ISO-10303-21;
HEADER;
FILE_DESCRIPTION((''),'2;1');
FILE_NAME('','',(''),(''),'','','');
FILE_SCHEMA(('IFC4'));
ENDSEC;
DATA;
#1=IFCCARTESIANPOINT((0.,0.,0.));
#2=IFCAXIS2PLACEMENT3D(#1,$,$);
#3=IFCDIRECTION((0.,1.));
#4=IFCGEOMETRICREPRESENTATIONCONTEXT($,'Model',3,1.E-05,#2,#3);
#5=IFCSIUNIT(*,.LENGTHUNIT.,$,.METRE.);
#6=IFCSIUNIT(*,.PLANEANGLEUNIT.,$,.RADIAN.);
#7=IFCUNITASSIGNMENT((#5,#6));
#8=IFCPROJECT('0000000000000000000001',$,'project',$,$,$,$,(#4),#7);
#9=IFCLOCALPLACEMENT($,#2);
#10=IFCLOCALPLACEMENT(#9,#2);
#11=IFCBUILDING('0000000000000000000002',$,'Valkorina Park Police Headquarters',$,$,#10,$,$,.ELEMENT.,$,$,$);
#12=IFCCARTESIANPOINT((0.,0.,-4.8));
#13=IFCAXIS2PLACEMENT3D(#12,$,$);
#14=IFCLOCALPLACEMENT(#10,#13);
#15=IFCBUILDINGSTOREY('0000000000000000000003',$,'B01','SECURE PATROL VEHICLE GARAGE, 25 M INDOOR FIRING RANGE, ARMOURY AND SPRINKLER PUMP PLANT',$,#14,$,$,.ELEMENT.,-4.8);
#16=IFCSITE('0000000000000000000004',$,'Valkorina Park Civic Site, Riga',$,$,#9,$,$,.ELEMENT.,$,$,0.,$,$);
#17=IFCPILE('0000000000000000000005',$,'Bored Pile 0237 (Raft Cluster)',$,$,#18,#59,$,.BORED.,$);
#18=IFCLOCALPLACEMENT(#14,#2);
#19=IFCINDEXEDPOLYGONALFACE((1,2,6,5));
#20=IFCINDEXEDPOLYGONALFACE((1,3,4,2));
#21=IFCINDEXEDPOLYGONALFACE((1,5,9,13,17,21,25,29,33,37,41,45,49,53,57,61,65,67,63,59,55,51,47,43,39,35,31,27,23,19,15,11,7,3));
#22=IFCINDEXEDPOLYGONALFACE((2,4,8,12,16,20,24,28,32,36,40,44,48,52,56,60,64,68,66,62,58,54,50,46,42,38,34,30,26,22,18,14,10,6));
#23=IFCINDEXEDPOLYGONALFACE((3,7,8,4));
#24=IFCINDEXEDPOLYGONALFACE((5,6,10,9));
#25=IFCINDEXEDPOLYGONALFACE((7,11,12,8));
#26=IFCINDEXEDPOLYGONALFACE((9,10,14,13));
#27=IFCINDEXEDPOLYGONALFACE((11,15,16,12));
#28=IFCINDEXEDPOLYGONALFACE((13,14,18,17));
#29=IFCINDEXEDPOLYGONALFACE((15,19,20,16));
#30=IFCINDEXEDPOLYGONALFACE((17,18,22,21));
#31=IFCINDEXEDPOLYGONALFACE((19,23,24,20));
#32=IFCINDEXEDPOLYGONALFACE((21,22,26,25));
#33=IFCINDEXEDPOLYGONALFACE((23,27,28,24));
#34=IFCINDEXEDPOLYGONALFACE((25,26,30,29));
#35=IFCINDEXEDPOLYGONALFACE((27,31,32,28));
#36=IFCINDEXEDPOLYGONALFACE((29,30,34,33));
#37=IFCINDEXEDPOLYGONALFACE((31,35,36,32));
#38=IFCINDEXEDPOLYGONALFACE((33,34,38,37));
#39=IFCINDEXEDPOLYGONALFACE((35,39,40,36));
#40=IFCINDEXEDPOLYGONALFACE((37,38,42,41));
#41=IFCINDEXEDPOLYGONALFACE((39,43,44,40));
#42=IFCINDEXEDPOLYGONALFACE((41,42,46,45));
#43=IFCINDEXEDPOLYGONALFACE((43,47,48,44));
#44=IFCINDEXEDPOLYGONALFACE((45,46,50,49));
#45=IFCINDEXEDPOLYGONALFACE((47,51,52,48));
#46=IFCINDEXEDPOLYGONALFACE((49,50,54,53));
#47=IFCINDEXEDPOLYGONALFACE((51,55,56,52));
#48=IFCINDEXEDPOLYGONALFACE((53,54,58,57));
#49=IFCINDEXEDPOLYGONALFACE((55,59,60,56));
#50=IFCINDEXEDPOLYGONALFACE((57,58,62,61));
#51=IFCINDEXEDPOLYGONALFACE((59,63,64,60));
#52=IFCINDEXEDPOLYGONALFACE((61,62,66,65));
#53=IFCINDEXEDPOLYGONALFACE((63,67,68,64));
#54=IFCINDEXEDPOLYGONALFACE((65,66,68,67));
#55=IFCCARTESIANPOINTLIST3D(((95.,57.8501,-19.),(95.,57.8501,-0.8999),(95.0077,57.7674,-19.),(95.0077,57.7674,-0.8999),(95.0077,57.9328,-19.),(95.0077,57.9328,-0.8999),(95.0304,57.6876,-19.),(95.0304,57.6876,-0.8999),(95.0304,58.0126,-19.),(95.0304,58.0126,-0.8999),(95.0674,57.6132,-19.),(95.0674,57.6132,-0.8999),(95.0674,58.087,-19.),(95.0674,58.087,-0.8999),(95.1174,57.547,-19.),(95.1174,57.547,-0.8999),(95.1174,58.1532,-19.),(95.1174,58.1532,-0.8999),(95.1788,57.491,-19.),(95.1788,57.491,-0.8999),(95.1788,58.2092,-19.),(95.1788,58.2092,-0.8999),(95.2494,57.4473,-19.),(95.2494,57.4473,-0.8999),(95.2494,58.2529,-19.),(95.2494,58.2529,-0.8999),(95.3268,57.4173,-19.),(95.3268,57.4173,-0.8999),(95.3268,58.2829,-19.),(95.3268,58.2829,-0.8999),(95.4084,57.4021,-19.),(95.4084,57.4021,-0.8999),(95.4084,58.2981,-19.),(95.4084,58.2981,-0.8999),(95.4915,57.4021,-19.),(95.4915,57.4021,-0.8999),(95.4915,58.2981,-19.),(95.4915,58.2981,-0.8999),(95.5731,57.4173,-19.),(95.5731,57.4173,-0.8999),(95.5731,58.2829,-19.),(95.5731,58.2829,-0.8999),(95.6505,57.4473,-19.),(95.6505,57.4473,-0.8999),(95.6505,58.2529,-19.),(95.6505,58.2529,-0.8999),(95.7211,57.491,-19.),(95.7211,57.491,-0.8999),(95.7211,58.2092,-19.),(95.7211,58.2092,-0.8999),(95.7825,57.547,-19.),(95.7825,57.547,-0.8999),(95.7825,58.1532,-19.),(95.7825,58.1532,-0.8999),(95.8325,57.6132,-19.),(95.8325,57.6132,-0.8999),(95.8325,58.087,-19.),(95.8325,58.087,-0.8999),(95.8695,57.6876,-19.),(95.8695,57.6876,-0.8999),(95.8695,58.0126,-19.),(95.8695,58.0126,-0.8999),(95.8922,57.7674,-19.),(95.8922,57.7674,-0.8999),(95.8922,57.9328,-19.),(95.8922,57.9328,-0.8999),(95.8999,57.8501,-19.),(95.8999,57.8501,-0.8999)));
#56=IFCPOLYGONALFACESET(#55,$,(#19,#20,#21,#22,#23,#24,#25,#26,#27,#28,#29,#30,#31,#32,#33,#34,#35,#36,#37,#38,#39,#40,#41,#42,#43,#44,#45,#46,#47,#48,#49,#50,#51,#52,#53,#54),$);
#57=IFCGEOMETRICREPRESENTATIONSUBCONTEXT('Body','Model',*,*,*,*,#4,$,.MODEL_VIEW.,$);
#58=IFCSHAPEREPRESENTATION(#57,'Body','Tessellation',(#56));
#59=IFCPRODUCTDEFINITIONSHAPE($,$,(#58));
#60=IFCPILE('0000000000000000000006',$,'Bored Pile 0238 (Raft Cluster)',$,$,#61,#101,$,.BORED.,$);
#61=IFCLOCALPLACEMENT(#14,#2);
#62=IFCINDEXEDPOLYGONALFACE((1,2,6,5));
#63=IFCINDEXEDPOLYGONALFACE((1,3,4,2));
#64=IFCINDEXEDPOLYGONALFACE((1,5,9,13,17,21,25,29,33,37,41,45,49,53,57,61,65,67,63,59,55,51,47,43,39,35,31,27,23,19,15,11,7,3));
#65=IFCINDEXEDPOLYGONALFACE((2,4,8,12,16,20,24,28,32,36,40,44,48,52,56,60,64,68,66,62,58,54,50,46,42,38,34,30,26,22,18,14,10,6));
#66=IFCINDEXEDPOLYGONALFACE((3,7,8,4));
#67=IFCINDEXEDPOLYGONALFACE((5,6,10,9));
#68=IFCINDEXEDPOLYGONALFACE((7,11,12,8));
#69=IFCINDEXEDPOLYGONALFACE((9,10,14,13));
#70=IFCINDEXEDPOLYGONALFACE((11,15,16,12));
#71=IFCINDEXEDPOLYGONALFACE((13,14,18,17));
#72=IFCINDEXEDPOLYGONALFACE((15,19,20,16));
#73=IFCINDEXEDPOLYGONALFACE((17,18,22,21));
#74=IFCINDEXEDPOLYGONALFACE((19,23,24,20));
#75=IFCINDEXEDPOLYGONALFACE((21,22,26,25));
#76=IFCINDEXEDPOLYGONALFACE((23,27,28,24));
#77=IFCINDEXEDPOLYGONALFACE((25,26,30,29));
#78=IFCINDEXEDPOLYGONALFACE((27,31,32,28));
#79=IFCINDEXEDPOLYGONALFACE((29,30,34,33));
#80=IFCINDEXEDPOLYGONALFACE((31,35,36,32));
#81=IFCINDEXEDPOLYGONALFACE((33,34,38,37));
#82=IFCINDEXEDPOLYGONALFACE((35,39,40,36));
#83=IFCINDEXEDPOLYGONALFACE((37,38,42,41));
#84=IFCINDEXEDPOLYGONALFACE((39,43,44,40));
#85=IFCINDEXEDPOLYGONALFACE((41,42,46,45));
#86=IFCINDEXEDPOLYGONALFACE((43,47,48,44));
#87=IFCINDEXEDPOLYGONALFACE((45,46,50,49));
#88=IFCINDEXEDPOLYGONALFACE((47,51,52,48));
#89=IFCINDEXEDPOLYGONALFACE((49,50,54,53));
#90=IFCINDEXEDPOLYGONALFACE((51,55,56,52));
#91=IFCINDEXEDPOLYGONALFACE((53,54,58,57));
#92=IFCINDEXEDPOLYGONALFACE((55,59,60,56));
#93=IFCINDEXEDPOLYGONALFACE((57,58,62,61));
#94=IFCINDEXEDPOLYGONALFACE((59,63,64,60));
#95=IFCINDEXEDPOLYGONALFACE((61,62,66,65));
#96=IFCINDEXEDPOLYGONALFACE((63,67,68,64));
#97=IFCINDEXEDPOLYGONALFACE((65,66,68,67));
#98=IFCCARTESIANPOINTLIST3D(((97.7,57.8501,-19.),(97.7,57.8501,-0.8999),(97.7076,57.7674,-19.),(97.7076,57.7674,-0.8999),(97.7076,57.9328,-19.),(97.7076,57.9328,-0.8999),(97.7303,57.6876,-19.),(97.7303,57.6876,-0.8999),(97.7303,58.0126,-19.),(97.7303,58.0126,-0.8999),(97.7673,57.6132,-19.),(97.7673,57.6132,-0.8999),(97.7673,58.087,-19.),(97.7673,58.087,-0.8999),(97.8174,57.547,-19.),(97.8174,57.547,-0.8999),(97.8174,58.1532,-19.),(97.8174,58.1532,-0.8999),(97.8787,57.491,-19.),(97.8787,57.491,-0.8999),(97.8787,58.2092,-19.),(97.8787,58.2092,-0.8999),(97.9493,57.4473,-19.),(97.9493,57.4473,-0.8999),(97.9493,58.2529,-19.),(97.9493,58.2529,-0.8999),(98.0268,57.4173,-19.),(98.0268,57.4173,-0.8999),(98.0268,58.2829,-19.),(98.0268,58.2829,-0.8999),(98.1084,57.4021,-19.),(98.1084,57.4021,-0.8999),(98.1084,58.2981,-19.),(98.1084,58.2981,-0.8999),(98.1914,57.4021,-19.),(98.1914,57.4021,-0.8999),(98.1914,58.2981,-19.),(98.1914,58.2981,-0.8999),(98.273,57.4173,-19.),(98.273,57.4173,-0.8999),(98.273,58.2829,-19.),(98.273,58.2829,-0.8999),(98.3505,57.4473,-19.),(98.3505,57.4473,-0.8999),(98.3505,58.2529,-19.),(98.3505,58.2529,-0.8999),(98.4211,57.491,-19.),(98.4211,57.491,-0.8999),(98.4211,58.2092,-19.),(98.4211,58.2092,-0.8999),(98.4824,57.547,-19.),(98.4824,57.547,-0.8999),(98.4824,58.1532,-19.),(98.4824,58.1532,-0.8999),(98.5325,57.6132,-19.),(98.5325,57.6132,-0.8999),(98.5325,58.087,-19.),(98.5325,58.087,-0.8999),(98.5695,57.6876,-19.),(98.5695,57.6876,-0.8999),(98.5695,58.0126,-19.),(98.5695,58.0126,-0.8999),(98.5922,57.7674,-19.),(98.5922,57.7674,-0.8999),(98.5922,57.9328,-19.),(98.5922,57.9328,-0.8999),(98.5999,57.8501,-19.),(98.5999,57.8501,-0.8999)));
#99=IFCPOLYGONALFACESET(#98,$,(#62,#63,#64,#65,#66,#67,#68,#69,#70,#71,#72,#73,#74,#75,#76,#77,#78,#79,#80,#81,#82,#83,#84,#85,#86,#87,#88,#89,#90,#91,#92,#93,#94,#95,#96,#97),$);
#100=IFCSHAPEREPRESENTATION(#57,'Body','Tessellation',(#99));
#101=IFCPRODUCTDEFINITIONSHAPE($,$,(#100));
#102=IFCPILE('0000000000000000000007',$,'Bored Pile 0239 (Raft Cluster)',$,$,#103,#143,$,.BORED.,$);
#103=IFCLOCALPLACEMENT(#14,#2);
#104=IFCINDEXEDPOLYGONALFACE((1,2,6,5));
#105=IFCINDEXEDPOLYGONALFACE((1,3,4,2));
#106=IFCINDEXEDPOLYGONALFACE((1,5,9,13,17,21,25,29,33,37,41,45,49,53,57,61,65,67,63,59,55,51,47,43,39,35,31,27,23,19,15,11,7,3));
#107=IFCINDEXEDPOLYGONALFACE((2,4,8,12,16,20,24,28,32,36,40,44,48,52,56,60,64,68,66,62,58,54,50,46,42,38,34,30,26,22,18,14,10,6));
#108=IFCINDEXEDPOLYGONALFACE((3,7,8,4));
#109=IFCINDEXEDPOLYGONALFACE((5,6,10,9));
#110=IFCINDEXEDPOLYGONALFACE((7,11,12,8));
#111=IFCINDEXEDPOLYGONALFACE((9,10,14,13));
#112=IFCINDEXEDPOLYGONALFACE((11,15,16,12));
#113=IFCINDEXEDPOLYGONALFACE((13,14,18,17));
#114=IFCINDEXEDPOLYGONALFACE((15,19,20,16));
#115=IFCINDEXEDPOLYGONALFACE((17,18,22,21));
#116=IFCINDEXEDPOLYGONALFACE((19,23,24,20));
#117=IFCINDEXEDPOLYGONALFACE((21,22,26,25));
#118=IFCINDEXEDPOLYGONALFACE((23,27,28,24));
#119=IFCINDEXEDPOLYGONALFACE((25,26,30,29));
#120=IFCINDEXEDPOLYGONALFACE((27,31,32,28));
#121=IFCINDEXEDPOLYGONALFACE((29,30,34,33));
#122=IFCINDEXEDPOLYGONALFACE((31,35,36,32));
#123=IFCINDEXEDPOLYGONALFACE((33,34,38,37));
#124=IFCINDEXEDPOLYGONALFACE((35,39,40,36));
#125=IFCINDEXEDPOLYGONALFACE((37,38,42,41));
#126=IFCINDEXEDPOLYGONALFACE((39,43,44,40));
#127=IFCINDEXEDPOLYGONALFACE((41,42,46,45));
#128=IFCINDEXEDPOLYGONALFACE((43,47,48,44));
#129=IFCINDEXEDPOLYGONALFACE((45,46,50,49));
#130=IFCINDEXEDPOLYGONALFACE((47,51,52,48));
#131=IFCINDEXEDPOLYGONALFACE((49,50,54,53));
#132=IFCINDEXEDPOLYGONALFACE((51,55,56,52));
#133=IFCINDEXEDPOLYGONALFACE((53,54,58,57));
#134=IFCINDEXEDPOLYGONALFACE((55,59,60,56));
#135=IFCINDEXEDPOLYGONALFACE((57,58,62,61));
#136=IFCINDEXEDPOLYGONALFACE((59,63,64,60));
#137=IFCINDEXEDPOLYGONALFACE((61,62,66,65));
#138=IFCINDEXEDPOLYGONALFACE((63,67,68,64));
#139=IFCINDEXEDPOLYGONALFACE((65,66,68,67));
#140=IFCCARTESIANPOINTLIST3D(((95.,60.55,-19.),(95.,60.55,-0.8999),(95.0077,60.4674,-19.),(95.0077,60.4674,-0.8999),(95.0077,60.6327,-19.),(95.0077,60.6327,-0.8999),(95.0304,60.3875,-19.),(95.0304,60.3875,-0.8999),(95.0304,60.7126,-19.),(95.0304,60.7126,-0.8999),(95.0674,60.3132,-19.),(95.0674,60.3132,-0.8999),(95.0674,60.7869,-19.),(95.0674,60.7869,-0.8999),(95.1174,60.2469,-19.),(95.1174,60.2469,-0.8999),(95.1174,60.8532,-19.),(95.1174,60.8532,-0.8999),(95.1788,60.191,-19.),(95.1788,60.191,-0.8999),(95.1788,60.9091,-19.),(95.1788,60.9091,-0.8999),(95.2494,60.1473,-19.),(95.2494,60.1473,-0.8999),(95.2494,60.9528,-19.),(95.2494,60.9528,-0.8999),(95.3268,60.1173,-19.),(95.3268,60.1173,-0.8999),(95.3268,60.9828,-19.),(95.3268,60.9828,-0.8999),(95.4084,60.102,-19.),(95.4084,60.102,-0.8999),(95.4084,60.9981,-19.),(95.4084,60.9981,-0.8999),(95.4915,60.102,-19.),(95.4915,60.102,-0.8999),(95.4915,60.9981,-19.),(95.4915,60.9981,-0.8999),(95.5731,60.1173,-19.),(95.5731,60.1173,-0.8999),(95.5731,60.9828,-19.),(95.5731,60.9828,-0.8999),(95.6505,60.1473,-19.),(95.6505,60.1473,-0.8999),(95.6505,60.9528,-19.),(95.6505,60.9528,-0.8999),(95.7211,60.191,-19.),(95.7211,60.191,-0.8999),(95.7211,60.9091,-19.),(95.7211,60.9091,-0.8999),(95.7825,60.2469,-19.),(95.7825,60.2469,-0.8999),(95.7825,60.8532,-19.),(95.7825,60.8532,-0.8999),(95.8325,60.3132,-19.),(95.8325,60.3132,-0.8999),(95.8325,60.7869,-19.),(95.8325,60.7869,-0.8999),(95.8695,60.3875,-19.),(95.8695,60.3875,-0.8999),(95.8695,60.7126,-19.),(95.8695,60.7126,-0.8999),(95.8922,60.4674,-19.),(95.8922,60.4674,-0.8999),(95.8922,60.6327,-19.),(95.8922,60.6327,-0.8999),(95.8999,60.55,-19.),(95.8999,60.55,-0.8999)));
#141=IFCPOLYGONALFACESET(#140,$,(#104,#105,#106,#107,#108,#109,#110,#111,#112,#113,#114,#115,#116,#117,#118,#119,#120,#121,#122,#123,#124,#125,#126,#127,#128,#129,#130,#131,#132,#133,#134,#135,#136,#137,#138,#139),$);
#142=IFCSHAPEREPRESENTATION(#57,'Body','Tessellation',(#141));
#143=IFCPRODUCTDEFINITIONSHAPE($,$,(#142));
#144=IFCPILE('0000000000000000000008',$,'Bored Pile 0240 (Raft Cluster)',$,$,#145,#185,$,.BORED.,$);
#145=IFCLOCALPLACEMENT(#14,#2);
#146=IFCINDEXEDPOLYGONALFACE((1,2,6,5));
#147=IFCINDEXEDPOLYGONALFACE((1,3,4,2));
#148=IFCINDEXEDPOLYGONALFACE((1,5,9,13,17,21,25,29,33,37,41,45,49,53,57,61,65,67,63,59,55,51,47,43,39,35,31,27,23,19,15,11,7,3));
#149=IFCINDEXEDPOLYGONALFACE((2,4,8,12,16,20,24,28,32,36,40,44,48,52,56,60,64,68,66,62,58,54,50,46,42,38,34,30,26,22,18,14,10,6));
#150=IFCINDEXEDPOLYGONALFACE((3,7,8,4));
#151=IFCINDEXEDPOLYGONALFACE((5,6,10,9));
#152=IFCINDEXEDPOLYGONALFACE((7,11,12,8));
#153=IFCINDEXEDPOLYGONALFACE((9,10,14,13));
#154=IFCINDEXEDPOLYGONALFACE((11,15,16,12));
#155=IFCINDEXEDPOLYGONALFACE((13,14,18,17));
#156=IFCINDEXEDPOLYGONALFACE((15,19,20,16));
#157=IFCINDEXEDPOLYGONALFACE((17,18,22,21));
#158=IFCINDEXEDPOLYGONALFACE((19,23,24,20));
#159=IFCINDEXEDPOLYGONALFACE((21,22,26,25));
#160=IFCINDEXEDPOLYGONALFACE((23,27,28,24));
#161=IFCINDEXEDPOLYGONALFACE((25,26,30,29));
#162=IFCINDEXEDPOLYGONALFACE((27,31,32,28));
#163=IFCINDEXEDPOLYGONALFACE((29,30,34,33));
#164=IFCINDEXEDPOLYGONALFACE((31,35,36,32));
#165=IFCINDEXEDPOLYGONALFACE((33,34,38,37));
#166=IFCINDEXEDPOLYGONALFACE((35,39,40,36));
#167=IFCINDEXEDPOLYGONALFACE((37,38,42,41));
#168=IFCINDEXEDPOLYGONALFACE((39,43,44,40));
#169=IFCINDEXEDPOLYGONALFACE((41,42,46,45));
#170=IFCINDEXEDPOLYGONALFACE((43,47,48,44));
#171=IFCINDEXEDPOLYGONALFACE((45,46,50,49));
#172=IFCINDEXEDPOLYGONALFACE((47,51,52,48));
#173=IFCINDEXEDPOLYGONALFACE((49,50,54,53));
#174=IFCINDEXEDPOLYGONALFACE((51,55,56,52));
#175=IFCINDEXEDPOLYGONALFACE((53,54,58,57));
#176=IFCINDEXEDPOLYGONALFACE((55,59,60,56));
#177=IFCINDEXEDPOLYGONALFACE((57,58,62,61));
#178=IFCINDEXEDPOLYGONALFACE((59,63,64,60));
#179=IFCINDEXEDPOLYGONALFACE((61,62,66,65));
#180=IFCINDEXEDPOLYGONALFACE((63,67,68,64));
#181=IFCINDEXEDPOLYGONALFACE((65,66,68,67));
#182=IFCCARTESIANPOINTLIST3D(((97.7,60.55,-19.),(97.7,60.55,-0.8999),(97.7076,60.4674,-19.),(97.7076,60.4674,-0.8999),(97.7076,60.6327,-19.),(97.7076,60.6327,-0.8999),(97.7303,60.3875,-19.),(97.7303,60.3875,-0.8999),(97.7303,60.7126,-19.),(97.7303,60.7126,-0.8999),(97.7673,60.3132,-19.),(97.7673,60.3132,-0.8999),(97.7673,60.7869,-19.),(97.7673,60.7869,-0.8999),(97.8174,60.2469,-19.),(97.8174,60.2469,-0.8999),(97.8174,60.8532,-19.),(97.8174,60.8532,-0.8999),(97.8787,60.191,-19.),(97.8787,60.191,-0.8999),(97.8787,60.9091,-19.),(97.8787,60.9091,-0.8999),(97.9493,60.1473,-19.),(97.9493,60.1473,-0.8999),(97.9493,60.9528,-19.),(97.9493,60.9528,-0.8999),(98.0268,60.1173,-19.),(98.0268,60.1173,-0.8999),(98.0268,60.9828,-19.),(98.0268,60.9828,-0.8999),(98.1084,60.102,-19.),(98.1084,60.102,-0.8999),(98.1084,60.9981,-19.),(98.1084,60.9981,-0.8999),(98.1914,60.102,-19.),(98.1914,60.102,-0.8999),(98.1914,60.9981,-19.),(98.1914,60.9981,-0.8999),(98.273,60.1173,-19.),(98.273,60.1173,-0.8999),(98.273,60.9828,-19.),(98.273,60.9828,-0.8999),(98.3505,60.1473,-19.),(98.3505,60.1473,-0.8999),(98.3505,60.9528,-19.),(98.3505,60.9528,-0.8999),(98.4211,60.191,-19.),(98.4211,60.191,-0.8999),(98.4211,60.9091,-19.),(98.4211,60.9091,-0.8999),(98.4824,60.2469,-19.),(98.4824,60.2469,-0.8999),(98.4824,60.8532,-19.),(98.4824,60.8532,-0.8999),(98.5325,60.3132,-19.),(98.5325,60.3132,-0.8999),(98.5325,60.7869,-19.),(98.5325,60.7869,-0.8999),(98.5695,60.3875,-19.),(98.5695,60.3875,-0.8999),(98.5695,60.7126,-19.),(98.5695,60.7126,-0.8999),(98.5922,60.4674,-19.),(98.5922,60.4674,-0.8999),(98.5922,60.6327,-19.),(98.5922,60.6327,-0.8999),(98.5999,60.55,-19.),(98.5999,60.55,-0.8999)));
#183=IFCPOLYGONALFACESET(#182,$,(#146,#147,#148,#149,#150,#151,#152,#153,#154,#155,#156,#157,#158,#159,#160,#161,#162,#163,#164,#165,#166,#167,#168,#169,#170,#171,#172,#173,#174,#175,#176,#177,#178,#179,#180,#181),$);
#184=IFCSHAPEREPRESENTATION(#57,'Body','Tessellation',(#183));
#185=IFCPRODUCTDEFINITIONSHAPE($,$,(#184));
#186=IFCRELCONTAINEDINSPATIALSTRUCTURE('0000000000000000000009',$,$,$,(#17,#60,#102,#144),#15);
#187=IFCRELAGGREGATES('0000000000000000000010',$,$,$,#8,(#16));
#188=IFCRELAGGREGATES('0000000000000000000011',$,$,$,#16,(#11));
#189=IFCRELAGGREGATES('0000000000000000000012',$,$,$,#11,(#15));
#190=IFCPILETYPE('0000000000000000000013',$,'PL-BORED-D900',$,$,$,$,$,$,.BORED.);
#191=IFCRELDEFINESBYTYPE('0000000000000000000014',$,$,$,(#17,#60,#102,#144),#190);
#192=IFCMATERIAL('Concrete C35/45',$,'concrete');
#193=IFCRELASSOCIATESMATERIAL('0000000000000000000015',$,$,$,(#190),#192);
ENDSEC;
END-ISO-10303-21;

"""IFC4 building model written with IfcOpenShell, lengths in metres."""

from ifc_helpers import new_model, si_unit, direction, frame, origin, origin_2d, place, context, subcontext, project, spatial, circle, extrude, material, material_profile, profile_set, type_object, element, save


model = new_model("IFC4")

# Units and contexts
model_context = context("Model", 3, precision=1e-05, world=origin(), true_north=direction((0.0, 1.0)))
body_context = subcontext(model_context, "Body", "Model", "MODEL_VIEW")
ifc_project = project(units=[si_unit("LENGTHUNIT", "METRE"), si_unit("PLANEANGLEUNIT", "RADIAN")], contexts=[model_context])

# Site, building, storey
site_placement = place(None, origin())
site = spatial("IfcSite", under=ifc_project, at=site_placement, Name="Valkorina Park Civic Site, Riga", CompositionType="ELEMENT", RefElevation=0.0)
building_placement = place(site_placement, origin())
building = spatial("IfcBuilding", under=site, at=building_placement, Name="Valkorina Park Police Headquarters", CompositionType="ELEMENT")
storey_placement = place(building_placement, frame((0.0, 0.0, -4.8)))
storey = spatial("IfcBuildingStorey", under=building, at=storey_placement, Name="B01", Description="SECURE PATROL VEHICLE GARAGE, 25 M INDOOR FIRING RANGE, ARMOURY AND SPRINKLER PUMP PLANT", CompositionType="ELEMENT", Elevation=-4.8)

# Piles
ifc_material_1 = material(Name="Concrete C35/45", Category="concrete")
ifc_material_profile_1 = material_profile(ifc_material_1, circle(Radius=0.45, at=origin_2d()), Name="BORED PILE D900")
ifc_profile_set_1 = profile_set([ifc_material_profile_1], Name="Concrete C35/45")
pile_type = type_object("IfcPileType", Name="PL-BORED-D900", PredefinedType="BORED", material=ifc_profile_set_1)
for number, where, z_axis, x_axis, name in (
    (1, (95.45, 57.8501, -0.8999), (0.0, 0.0, -1.0), (1.0, 0.0, 0.0), "Bored Pile 0237 (Raft Cluster)"),
    (2, (98.1499, 57.8501, -0.8999), (0.0, 0.0, -1.0), (1.0, 0.0, 0.0), "Bored Pile 0238 (Raft Cluster)"),
    (3, (95.45, 60.55, -0.8999), (0.0, 0.0, -1.0), (1.0, 0.0, 0.0), "Bored Pile 0239 (Raft Cluster)"),
    (4, (98.1499, 60.55, -0.8999), (0.0, 0.0, -1.0), (1.0, 0.0, 0.0), "Bored Pile 0240 (Raft Cluster)"),
):
    element("IfcPile", number, at=place(storey_placement, frame(where, z_axis=z_axis, x_axis=x_axis)), inside=storey, type_object=pile_type, Name=name, PredefinedType="BORED", context=body_context, shape_type="SweptSolid", body=[
        extrude(circle(Radius=0.45, at=origin_2d()), origin(), (0.0, 0.0, 1.0), 18.1001),
    ])

save(model, "model.ifc")
